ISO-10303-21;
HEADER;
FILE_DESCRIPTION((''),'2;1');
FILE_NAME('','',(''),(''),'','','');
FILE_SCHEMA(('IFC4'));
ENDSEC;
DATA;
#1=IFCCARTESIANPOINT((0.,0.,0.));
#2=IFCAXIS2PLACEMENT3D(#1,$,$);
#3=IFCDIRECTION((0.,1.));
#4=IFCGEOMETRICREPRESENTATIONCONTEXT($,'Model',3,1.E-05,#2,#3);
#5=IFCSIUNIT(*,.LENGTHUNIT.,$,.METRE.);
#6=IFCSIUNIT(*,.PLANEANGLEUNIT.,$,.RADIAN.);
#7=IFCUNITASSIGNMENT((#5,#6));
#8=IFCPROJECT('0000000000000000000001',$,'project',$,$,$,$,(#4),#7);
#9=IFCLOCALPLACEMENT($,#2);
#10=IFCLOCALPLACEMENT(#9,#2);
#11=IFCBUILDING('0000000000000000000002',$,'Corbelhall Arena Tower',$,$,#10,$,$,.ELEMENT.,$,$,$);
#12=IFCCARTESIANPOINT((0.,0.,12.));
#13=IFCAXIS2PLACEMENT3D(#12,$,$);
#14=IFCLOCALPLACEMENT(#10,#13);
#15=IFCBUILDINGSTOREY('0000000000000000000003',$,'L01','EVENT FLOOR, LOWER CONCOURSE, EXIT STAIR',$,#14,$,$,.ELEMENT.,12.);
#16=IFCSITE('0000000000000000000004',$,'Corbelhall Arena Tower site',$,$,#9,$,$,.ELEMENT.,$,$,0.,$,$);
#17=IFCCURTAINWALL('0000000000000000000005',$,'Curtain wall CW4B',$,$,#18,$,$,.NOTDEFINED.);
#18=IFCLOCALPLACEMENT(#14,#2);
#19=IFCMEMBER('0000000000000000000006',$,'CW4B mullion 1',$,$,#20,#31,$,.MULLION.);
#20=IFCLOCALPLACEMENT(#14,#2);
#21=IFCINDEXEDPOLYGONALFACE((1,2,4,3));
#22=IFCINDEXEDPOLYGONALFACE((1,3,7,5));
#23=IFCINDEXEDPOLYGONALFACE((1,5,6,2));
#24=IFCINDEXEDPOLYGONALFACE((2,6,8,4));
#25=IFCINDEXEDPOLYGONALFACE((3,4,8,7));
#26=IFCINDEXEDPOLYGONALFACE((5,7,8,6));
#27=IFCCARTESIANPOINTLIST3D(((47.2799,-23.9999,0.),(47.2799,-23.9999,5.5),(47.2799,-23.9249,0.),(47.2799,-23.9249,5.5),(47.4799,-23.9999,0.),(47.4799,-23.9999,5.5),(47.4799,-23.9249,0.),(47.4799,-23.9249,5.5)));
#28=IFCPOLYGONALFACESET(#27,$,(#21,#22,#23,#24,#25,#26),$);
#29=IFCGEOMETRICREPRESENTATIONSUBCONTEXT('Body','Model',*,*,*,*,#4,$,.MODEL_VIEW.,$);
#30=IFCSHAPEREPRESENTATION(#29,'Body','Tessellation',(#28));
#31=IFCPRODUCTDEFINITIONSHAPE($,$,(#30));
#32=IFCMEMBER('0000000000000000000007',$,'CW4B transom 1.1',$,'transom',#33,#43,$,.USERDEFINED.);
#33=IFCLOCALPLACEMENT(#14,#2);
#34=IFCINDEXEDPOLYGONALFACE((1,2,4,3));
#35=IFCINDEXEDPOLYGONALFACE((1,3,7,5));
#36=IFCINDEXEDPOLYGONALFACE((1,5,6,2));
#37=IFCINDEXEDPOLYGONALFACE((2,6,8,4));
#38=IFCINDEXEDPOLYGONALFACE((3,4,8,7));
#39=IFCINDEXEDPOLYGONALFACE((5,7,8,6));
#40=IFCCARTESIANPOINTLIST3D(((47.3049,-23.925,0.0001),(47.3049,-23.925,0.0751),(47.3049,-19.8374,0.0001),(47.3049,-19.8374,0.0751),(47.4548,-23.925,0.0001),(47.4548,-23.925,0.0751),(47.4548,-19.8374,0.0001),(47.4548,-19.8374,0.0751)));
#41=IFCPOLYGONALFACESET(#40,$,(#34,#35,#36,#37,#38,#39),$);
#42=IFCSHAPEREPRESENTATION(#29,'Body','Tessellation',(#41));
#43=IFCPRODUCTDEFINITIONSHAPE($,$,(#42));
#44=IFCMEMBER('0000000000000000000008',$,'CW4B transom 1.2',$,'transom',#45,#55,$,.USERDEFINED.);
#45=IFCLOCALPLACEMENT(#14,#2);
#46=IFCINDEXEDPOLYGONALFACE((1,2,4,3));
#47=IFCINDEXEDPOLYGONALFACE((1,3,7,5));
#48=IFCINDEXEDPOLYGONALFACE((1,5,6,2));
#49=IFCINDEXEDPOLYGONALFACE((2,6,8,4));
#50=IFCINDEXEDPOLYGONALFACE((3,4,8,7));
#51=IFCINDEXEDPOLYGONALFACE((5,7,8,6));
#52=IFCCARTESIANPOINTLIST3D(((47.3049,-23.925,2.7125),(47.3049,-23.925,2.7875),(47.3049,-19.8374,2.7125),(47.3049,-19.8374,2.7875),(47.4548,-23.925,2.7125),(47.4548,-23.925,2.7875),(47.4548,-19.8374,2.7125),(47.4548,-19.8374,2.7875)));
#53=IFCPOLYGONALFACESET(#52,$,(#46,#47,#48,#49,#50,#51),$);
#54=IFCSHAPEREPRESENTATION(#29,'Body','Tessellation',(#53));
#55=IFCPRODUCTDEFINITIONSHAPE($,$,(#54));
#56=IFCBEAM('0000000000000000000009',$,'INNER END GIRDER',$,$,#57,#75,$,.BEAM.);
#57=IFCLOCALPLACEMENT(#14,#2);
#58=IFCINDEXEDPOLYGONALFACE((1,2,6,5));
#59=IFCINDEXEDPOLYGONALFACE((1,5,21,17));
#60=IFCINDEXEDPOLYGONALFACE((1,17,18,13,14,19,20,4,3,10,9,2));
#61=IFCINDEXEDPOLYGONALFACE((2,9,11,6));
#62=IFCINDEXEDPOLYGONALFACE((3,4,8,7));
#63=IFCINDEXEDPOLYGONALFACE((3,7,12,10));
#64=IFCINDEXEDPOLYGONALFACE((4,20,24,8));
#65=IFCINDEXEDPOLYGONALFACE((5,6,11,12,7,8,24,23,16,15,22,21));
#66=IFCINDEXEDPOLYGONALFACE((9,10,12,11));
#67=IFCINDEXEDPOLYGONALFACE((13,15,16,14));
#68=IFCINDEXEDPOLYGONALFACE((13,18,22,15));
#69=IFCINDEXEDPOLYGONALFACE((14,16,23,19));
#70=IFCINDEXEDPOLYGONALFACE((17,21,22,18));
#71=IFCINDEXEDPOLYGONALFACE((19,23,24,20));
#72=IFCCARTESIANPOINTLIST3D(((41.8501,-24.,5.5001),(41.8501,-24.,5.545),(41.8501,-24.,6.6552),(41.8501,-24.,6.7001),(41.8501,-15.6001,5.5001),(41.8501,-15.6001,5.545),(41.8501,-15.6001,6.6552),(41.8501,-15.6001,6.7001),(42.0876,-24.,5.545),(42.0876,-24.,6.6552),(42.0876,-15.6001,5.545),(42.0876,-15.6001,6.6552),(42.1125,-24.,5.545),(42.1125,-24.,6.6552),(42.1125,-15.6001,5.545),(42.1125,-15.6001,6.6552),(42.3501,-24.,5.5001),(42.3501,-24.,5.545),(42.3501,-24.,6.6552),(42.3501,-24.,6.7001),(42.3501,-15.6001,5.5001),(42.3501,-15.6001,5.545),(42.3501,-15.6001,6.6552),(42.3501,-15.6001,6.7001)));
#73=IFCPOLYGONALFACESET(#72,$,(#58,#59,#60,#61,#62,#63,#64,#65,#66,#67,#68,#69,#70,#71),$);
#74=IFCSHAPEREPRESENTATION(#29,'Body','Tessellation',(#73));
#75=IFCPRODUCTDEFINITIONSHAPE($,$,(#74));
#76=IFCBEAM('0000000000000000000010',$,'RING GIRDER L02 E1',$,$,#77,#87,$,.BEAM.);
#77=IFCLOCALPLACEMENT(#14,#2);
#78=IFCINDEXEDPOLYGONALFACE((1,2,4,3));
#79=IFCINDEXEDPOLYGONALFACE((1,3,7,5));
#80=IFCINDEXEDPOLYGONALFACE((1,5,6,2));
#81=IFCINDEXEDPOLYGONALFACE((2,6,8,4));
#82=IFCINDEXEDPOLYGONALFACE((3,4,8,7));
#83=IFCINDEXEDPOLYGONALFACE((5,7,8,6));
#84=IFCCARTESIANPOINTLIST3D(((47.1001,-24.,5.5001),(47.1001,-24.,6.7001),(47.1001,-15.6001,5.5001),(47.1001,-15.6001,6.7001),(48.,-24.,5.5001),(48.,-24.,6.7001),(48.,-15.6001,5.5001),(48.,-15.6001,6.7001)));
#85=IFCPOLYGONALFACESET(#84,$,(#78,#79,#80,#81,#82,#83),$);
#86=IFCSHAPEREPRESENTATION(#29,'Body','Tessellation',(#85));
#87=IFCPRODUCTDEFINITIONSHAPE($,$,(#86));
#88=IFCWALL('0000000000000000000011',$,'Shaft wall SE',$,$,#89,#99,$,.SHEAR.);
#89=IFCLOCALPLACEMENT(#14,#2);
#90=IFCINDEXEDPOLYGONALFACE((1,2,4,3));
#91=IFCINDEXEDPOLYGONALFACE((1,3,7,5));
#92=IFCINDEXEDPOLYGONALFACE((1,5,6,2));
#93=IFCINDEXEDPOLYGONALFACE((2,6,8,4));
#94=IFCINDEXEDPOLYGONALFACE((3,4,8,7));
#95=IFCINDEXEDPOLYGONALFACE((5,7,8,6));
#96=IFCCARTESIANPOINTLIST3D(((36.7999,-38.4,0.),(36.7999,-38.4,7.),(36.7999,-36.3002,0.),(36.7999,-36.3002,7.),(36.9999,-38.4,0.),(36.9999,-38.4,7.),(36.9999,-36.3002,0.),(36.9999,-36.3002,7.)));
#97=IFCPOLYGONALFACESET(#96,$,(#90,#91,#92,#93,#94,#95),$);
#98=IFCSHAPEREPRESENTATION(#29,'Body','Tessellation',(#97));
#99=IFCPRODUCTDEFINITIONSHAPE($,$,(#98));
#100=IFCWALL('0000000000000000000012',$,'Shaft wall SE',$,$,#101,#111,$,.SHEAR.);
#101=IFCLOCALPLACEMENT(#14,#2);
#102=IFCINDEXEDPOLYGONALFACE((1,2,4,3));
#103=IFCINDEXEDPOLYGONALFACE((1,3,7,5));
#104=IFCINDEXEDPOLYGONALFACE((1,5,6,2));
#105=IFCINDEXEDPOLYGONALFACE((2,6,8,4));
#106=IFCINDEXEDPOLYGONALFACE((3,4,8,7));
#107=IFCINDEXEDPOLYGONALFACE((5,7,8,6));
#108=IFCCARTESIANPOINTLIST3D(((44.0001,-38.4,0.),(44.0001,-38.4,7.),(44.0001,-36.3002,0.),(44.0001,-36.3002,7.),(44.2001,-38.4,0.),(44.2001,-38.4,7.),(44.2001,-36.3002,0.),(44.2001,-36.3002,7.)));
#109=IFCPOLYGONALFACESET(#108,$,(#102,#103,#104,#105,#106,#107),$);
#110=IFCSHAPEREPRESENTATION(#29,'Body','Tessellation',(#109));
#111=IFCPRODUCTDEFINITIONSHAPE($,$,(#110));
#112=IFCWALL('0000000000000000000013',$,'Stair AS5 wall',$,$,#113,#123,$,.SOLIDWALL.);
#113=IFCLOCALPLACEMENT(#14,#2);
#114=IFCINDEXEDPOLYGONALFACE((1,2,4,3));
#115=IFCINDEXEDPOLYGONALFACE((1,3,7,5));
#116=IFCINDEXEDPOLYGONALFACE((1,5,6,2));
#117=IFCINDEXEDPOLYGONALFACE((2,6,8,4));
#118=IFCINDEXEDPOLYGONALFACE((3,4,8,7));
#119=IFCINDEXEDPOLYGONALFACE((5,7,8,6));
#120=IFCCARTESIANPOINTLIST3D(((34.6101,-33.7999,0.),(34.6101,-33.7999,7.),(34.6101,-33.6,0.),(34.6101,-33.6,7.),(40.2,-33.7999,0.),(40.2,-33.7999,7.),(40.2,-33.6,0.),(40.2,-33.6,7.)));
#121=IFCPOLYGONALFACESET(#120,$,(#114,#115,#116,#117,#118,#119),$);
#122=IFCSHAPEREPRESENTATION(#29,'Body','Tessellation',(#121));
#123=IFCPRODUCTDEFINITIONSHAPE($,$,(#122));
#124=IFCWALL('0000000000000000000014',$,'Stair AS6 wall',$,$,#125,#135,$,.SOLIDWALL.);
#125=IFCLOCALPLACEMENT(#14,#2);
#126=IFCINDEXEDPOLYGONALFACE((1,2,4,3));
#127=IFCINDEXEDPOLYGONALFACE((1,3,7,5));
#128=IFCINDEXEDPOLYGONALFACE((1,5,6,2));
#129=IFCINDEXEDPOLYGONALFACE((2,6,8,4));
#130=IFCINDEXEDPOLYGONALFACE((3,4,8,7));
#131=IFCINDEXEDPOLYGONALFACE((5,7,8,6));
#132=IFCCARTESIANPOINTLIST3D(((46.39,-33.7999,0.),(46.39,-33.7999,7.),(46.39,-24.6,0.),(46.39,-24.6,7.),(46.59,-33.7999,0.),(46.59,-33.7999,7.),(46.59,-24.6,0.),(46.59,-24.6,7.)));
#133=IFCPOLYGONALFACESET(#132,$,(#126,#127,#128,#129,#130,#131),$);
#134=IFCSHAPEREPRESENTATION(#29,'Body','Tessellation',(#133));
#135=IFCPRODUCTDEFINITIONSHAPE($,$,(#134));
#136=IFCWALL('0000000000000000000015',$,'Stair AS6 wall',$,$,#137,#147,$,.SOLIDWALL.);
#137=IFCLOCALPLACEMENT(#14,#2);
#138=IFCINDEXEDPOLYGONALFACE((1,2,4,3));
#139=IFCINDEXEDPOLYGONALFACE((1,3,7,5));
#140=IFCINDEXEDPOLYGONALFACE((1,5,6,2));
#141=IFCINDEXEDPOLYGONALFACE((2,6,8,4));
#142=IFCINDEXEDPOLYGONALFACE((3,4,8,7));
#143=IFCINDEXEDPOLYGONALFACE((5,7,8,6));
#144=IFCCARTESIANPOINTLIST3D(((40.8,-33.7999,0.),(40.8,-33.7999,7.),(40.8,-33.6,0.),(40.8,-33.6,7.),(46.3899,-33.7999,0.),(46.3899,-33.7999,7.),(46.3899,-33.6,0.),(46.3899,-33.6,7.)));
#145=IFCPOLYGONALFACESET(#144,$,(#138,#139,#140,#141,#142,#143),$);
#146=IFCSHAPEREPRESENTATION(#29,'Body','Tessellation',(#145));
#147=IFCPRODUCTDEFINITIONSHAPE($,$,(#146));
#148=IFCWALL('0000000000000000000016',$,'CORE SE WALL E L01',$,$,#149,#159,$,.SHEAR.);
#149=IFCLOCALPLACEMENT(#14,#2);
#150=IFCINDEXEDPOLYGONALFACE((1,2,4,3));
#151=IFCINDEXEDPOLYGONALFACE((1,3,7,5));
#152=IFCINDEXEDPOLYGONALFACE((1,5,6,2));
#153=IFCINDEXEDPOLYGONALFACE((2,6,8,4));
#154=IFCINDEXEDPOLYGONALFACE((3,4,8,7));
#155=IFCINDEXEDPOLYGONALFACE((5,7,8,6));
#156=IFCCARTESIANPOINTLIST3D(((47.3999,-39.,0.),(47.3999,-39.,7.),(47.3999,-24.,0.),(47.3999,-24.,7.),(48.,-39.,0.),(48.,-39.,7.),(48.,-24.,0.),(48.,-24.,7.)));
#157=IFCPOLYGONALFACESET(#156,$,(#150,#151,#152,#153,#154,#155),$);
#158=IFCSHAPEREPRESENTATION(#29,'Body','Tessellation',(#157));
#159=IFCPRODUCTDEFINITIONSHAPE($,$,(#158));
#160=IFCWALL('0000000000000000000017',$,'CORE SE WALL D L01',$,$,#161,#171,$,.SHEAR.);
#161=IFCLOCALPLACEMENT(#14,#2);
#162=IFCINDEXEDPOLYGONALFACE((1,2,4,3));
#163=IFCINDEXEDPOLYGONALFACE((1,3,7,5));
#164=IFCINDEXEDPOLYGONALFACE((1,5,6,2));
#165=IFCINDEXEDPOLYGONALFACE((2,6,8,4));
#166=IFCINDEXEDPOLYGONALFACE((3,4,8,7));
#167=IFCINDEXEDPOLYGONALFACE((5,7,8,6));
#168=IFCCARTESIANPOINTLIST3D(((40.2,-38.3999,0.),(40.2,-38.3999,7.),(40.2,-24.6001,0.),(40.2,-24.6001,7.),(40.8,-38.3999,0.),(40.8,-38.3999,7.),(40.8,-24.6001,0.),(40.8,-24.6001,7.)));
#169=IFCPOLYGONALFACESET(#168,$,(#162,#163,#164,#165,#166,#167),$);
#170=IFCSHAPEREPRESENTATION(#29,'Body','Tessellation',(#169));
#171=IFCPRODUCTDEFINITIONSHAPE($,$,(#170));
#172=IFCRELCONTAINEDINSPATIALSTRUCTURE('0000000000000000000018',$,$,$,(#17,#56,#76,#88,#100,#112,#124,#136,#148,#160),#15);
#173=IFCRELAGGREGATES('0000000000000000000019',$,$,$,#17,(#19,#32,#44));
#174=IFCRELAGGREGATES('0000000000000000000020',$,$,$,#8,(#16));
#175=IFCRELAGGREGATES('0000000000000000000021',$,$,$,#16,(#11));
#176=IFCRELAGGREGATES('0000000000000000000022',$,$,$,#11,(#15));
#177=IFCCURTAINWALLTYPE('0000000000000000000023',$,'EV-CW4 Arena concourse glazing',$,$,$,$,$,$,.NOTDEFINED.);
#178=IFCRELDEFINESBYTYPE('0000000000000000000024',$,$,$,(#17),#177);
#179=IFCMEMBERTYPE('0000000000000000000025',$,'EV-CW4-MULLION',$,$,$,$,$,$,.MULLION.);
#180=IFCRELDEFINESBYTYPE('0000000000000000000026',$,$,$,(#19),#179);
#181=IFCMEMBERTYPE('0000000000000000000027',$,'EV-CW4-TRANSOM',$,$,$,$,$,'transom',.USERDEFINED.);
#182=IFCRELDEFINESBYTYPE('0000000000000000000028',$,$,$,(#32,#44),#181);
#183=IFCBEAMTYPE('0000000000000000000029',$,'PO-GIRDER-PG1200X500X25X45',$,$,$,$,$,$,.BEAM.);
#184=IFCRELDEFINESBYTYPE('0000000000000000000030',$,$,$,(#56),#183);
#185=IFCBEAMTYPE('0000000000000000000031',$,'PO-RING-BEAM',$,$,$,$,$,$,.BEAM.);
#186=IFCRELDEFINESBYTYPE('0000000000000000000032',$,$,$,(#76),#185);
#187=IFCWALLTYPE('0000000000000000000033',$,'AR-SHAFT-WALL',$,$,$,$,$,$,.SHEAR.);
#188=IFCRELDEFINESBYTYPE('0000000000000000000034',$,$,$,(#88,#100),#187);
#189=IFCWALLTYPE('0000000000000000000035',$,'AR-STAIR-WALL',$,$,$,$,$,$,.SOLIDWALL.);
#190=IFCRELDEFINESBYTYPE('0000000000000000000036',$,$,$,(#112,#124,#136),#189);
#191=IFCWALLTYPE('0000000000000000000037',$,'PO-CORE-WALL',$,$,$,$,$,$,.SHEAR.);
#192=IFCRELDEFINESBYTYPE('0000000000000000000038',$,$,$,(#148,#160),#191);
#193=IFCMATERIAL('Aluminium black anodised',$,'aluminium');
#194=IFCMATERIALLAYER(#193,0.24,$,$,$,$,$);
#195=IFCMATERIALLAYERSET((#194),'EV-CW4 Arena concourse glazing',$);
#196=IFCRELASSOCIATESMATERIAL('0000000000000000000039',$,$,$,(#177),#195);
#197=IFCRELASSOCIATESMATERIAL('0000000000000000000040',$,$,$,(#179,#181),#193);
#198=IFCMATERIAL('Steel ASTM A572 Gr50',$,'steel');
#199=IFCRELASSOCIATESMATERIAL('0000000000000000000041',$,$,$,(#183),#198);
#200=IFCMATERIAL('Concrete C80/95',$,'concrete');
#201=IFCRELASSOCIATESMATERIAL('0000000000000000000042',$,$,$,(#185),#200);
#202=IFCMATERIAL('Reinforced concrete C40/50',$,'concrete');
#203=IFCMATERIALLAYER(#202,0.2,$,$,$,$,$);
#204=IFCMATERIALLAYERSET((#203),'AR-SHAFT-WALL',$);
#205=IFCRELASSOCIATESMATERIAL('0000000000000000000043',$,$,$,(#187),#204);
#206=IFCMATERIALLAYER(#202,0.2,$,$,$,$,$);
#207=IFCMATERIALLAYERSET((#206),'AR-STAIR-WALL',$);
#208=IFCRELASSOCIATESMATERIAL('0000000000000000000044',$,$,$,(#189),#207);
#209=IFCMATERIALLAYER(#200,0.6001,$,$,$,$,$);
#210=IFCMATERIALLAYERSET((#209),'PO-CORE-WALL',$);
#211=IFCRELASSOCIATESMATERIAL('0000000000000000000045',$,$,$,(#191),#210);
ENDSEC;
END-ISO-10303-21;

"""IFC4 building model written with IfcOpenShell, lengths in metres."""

from ifc_helpers import new_model, si_unit, direction, frame, frame_2d, origin, origin_2d, place, context, subcontext, project, spatial, rectangle, i_section, extrude, material, layer, layer_set, material_profile, profile_set, type_object, element, aggregate, save


model = new_model("IFC4")

# Units and contexts
model_context = context("Model", 3, precision=1e-05, world=origin(), true_north=direction((0.0, 1.0)))
body_context = subcontext(model_context, "Body", "Model", "MODEL_VIEW")
ifc_project = project(units=[si_unit("LENGTHUNIT", "METRE"), si_unit("PLANEANGLEUNIT", "RADIAN")], contexts=[model_context])

# Site, building, storey
site_placement = place(None, origin())
site = spatial("IfcSite", under=ifc_project, at=site_placement, Name="Corbelhall Arena Tower site", CompositionType="ELEMENT", RefElevation=0.0)
building_placement = place(site_placement, origin())
building = spatial("IfcBuilding", under=site, at=building_placement, Name="Corbelhall Arena Tower", CompositionType="ELEMENT")
storey_placement = place(building_placement, frame((0.0, 0.0, 12.0)))
storey = spatial("IfcBuildingStorey", under=building, at=storey_placement, Name="L01", Description="EVENT FLOOR, LOWER CONCOURSE, EXIT STAIR", CompositionType="ELEMENT", Elevation=12.0)

# Curtain wall, members
ifc_material_1 = material(Name="Aluminium black anodised", Category="aluminium")
ifc_layer_1 = layer(ifc_material_1, 0.24)
ifc_layer_set_1 = layer_set([ifc_layer_1], Name="EV-CW4 Arena concourse glazing")
curtain_wall_type = type_object("IfcCurtainWallType", Name="EV-CW4 Arena concourse glazing", PredefinedType="NOTDEFINED", material=ifc_layer_set_1)
curtain_wall_placement = place(storey_placement, origin())
curtain_wall = element("IfcCurtainWall", 1, at=curtain_wall_placement, inside=storey, type_object=curtain_wall_type, Name="Curtain wall CW4B", PredefinedType="NOTDEFINED")
ifc_material_profile_1 = material_profile(ifc_material_1, rectangle(XDim=0.2, YDim=0.075, at=origin_2d()))
ifc_profile_set_1 = profile_set([ifc_material_profile_1], Name="Aluminium black anodised")
member_type_1 = type_object("IfcMemberType", Name="EV-CW4-MULLION", PredefinedType="MULLION", material=ifc_profile_set_1)
member_1_placement = place(storey_placement, frame((47.3799, -23.9624, 0.0), z_axis=(0.0, 0.0, 1.0), x_axis=(-1.0, 0.0, 0.0)))
member_1 = element("IfcMember", 2, at=member_1_placement, type_object=member_type_1, Name="CW4B mullion 1", PredefinedType="MULLION", context=body_context, shape_type="SweptSolid", body=[
    extrude(rectangle(XDim=0.2, YDim=0.075, at=origin_2d()), origin(), (0.0, 0.0, 1.0), 5.5),
])
ifc_material_profile_2 = material_profile(ifc_material_1, rectangle(XDim=0.1499, YDim=0.075, at=origin_2d()))
ifc_profile_set_2 = profile_set([ifc_material_profile_2], Name="Aluminium black anodised")
member_type_2 = type_object("IfcMemberType", Name="EV-CW4-TRANSOM", ElementType="transom", PredefinedType="USERDEFINED", material=ifc_profile_set_2)
member_2_placement = place(storey_placement, frame((47.3799, -23.925, 0.0376), z_axis=(0.0, 1.0, 0.0), x_axis=(-1.0, 0.0, 0.0)))
member_2 = element("IfcMember", 3, at=member_2_placement, type_object=member_type_2, Name="CW4B transom 1.1", ObjectType="transom", PredefinedType="USERDEFINED", context=body_context, shape_type="SweptSolid", body=[
    extrude(rectangle(XDim=0.1499, YDim=0.075, at=origin_2d()), origin(), (0.0, 0.0, 1.0), 4.0876),
])
member_3_placement = place(storey_placement, frame((47.3799, -23.925, 2.75), z_axis=(0.0, 1.0, 0.0), x_axis=(-1.0, 0.0, 0.0)))
member_3 = element("IfcMember", 4, at=member_3_placement, type_object=member_type_2, Name="CW4B transom 1.2", ObjectType="transom", PredefinedType="USERDEFINED", context=body_context, shape_type="SweptSolid", body=[
    extrude(rectangle(XDim=0.1499, YDim=0.075, at=origin_2d()), origin(), (0.0, 0.0, 1.0), 4.0876),
])
aggregate(curtain_wall, [member_1, member_2, member_3])

# Beams
ifc_material_2 = material(Name="Steel ASTM A572 Gr50", Category="steel")
ifc_material_profile_3 = material_profile(ifc_material_2, i_section(OverallWidth=0.5, OverallDepth=1.2, WebThickness=0.0249, FlangeThickness=0.0449, at=origin_2d()))
ifc_profile_set_3 = profile_set([ifc_material_profile_3], Name="Steel ASTM A572 Gr50")
beam_type_1 = type_object("IfcBeamType", Name="PO-GIRDER-PG1200X500X25X45", PredefinedType="BEAM", material=ifc_profile_set_3)
beam_1_placement = place(storey_placement, frame((42.1001, -24.0, 6.1001), z_axis=(0.0, 1.0, 0.0), x_axis=(-1.0, 0.0, 0.0)))
element("IfcBeam", 5, at=beam_1_placement, inside=storey, type_object=beam_type_1, Name="INNER END GIRDER", PredefinedType="BEAM", context=body_context, shape_type="SweptSolid", body=[
    extrude(i_section(OverallWidth=0.5, OverallDepth=1.2, WebThickness=0.0249, FlangeThickness=0.0449, at=origin_2d()), origin(), (0.0, 0.0, 1.0), 8.3999),
])
ifc_material_3 = material(Name="Concrete C80/95", Category="concrete")
ifc_material_profile_4 = material_profile(ifc_material_3, rectangle(XDim=0.8999, YDim=1.2, at=origin_2d()))
ifc_profile_set_4 = profile_set([ifc_material_profile_4], Name="Concrete C80/95")
beam_type_2 = type_object("IfcBeamType", Name="PO-RING-BEAM", PredefinedType="BEAM", material=ifc_profile_set_4)
beam_2_placement = place(storey_placement, frame((47.55, -24.0, 6.1001), z_axis=(0.0, 1.0, 0.0), x_axis=(-1.0, 0.0, 0.0)))
element("IfcBeam", 6, at=beam_2_placement, inside=storey, type_object=beam_type_2, Name="RING GIRDER L02 E1", PredefinedType="BEAM", context=body_context, shape_type="SweptSolid", body=[
    extrude(rectangle(XDim=0.8999, YDim=1.2, at=origin_2d()), origin(), (0.0, 0.0, 1.0), 8.3999),
])

# Shared definitions
ifc_material_4 = material(Name="Reinforced concrete C40/50", Category="concrete")
ifc_layer_2 = layer(ifc_material_4, 0.2)
ifc_layer_set_2 = layer_set([ifc_layer_2], Name="AR-SHAFT-WALL")
wall_type_1 = type_object("IfcWallType", Name="AR-SHAFT-WALL", PredefinedType="SHEAR", material=ifc_layer_set_2)

# Walls
for number, where, z_axis, x_axis, name in (
    (7, (36.8999, -38.3999, 0.0), (0.0, 0.0, 1.0), (0.0, 1.0, 0.0), "Shaft wall SE"),
    (8, (44.1001, -38.3999, 0.0), (0.0, 0.0, 1.0), (0.0, 1.0, 0.0), "Shaft wall SE"),
):
    element("IfcWall", number, at=place(storey_placement, frame(where, z_axis=z_axis, x_axis=x_axis)), inside=storey, type_object=wall_type_1, Name=name, PredefinedType="SHEAR", context=body_context, shape_type="SweptSolid", body=[
        extrude(rectangle(XDim=2.0999, YDim=0.2, at=frame_2d((1.0498, 0.0))), origin(), (0.0, 0.0, 1.0), 7.0),
    ])
ifc_layer_3 = layer(ifc_material_4, 0.2)
ifc_layer_set_3 = layer_set([ifc_layer_3], Name="AR-STAIR-WALL")
wall_type_2 = type_object("IfcWallType", Name="AR-STAIR-WALL", PredefinedType="SOLIDWALL", material=ifc_layer_set_3)
wall_1_placement = place(storey_placement, frame((34.6101, -33.7, 0.0), z_axis=(0.0, 0.0, 1.0), x_axis=(1.0, 0.0, 0.0)))
element("IfcWall", 9, at=wall_1_placement, inside=storey, type_object=wall_type_2, Name="Stair AS5 wall", PredefinedType="SOLIDWALL", context=body_context, shape_type="SweptSolid", body=[
    extrude(rectangle(XDim=5.5898, YDim=0.2, at=frame_2d((2.7949, 0.0))), origin(), (0.0, 0.0, 1.0), 7.0),
])
wall_2_placement = place(storey_placement, frame((46.49, -33.8, 0.0), z_axis=(0.0, 0.0, 1.0), x_axis=(0.0, 1.0, 0.0)))
element("IfcWall", 10, at=wall_2_placement, inside=storey, type_object=wall_type_2, Name="Stair AS6 wall", PredefinedType="SOLIDWALL", context=body_context, shape_type="SweptSolid", body=[
    extrude(rectangle(XDim=9.2, YDim=0.2, at=frame_2d((4.6001, 0.0))), origin(), (0.0, 0.0, 1.0), 7.0),
])
wall_3_placement = place(storey_placement, frame((40.8, -33.7, 0.0), z_axis=(0.0, 0.0, 1.0), x_axis=(1.0, 0.0, 0.0)))
element("IfcWall", 11, at=wall_3_placement, inside=storey, type_object=wall_type_2, Name="Stair AS6 wall", PredefinedType="SOLIDWALL", context=body_context, shape_type="SweptSolid", body=[
    extrude(rectangle(XDim=5.5898, YDim=0.2, at=frame_2d((2.7949, 0.0))), origin(), (0.0, 0.0, 1.0), 7.0),
])
ifc_layer_4 = layer(ifc_material_3, 0.6001)
ifc_layer_set_4 = layer_set([ifc_layer_4], Name="PO-CORE-WALL")
wall_type_3 = type_object("IfcWallType", Name="PO-CORE-WALL", PredefinedType="SHEAR", material=ifc_layer_set_4)
wall_4_placement = place(storey_placement, frame((47.7, -39.0, 0.0), z_axis=(0.0, 0.0, 1.0), x_axis=(0.0, 1.0, 0.0)))
element("IfcWall", 12, at=wall_4_placement, inside=storey, type_object=wall_type_3, Name="CORE SE WALL E L01", PredefinedType="SHEAR", context=body_context, shape_type="SweptSolid", body=[
    extrude(rectangle(XDim=15.0, YDim=0.6001, at=frame_2d((7.5, 0.0))), origin(), (0.0, 0.0, 1.0), 7.0),
])
wall_5_placement = place(storey_placement, frame((40.5, -38.3999, 0.0), z_axis=(0.0, 0.0, 1.0), x_axis=(0.0, 1.0, 0.0)))
element("IfcWall", 13, at=wall_5_placement, inside=storey, type_object=wall_type_3, Name="CORE SE WALL D L01", PredefinedType="SHEAR", context=body_context, shape_type="SweptSolid", body=[
    extrude(rectangle(XDim=13.7998, YDim=0.6001, at=frame_2d((6.8999, 0.0))), origin(), (0.0, 0.0, 1.0), 7.0),
])

save(model, "model.ifc")
